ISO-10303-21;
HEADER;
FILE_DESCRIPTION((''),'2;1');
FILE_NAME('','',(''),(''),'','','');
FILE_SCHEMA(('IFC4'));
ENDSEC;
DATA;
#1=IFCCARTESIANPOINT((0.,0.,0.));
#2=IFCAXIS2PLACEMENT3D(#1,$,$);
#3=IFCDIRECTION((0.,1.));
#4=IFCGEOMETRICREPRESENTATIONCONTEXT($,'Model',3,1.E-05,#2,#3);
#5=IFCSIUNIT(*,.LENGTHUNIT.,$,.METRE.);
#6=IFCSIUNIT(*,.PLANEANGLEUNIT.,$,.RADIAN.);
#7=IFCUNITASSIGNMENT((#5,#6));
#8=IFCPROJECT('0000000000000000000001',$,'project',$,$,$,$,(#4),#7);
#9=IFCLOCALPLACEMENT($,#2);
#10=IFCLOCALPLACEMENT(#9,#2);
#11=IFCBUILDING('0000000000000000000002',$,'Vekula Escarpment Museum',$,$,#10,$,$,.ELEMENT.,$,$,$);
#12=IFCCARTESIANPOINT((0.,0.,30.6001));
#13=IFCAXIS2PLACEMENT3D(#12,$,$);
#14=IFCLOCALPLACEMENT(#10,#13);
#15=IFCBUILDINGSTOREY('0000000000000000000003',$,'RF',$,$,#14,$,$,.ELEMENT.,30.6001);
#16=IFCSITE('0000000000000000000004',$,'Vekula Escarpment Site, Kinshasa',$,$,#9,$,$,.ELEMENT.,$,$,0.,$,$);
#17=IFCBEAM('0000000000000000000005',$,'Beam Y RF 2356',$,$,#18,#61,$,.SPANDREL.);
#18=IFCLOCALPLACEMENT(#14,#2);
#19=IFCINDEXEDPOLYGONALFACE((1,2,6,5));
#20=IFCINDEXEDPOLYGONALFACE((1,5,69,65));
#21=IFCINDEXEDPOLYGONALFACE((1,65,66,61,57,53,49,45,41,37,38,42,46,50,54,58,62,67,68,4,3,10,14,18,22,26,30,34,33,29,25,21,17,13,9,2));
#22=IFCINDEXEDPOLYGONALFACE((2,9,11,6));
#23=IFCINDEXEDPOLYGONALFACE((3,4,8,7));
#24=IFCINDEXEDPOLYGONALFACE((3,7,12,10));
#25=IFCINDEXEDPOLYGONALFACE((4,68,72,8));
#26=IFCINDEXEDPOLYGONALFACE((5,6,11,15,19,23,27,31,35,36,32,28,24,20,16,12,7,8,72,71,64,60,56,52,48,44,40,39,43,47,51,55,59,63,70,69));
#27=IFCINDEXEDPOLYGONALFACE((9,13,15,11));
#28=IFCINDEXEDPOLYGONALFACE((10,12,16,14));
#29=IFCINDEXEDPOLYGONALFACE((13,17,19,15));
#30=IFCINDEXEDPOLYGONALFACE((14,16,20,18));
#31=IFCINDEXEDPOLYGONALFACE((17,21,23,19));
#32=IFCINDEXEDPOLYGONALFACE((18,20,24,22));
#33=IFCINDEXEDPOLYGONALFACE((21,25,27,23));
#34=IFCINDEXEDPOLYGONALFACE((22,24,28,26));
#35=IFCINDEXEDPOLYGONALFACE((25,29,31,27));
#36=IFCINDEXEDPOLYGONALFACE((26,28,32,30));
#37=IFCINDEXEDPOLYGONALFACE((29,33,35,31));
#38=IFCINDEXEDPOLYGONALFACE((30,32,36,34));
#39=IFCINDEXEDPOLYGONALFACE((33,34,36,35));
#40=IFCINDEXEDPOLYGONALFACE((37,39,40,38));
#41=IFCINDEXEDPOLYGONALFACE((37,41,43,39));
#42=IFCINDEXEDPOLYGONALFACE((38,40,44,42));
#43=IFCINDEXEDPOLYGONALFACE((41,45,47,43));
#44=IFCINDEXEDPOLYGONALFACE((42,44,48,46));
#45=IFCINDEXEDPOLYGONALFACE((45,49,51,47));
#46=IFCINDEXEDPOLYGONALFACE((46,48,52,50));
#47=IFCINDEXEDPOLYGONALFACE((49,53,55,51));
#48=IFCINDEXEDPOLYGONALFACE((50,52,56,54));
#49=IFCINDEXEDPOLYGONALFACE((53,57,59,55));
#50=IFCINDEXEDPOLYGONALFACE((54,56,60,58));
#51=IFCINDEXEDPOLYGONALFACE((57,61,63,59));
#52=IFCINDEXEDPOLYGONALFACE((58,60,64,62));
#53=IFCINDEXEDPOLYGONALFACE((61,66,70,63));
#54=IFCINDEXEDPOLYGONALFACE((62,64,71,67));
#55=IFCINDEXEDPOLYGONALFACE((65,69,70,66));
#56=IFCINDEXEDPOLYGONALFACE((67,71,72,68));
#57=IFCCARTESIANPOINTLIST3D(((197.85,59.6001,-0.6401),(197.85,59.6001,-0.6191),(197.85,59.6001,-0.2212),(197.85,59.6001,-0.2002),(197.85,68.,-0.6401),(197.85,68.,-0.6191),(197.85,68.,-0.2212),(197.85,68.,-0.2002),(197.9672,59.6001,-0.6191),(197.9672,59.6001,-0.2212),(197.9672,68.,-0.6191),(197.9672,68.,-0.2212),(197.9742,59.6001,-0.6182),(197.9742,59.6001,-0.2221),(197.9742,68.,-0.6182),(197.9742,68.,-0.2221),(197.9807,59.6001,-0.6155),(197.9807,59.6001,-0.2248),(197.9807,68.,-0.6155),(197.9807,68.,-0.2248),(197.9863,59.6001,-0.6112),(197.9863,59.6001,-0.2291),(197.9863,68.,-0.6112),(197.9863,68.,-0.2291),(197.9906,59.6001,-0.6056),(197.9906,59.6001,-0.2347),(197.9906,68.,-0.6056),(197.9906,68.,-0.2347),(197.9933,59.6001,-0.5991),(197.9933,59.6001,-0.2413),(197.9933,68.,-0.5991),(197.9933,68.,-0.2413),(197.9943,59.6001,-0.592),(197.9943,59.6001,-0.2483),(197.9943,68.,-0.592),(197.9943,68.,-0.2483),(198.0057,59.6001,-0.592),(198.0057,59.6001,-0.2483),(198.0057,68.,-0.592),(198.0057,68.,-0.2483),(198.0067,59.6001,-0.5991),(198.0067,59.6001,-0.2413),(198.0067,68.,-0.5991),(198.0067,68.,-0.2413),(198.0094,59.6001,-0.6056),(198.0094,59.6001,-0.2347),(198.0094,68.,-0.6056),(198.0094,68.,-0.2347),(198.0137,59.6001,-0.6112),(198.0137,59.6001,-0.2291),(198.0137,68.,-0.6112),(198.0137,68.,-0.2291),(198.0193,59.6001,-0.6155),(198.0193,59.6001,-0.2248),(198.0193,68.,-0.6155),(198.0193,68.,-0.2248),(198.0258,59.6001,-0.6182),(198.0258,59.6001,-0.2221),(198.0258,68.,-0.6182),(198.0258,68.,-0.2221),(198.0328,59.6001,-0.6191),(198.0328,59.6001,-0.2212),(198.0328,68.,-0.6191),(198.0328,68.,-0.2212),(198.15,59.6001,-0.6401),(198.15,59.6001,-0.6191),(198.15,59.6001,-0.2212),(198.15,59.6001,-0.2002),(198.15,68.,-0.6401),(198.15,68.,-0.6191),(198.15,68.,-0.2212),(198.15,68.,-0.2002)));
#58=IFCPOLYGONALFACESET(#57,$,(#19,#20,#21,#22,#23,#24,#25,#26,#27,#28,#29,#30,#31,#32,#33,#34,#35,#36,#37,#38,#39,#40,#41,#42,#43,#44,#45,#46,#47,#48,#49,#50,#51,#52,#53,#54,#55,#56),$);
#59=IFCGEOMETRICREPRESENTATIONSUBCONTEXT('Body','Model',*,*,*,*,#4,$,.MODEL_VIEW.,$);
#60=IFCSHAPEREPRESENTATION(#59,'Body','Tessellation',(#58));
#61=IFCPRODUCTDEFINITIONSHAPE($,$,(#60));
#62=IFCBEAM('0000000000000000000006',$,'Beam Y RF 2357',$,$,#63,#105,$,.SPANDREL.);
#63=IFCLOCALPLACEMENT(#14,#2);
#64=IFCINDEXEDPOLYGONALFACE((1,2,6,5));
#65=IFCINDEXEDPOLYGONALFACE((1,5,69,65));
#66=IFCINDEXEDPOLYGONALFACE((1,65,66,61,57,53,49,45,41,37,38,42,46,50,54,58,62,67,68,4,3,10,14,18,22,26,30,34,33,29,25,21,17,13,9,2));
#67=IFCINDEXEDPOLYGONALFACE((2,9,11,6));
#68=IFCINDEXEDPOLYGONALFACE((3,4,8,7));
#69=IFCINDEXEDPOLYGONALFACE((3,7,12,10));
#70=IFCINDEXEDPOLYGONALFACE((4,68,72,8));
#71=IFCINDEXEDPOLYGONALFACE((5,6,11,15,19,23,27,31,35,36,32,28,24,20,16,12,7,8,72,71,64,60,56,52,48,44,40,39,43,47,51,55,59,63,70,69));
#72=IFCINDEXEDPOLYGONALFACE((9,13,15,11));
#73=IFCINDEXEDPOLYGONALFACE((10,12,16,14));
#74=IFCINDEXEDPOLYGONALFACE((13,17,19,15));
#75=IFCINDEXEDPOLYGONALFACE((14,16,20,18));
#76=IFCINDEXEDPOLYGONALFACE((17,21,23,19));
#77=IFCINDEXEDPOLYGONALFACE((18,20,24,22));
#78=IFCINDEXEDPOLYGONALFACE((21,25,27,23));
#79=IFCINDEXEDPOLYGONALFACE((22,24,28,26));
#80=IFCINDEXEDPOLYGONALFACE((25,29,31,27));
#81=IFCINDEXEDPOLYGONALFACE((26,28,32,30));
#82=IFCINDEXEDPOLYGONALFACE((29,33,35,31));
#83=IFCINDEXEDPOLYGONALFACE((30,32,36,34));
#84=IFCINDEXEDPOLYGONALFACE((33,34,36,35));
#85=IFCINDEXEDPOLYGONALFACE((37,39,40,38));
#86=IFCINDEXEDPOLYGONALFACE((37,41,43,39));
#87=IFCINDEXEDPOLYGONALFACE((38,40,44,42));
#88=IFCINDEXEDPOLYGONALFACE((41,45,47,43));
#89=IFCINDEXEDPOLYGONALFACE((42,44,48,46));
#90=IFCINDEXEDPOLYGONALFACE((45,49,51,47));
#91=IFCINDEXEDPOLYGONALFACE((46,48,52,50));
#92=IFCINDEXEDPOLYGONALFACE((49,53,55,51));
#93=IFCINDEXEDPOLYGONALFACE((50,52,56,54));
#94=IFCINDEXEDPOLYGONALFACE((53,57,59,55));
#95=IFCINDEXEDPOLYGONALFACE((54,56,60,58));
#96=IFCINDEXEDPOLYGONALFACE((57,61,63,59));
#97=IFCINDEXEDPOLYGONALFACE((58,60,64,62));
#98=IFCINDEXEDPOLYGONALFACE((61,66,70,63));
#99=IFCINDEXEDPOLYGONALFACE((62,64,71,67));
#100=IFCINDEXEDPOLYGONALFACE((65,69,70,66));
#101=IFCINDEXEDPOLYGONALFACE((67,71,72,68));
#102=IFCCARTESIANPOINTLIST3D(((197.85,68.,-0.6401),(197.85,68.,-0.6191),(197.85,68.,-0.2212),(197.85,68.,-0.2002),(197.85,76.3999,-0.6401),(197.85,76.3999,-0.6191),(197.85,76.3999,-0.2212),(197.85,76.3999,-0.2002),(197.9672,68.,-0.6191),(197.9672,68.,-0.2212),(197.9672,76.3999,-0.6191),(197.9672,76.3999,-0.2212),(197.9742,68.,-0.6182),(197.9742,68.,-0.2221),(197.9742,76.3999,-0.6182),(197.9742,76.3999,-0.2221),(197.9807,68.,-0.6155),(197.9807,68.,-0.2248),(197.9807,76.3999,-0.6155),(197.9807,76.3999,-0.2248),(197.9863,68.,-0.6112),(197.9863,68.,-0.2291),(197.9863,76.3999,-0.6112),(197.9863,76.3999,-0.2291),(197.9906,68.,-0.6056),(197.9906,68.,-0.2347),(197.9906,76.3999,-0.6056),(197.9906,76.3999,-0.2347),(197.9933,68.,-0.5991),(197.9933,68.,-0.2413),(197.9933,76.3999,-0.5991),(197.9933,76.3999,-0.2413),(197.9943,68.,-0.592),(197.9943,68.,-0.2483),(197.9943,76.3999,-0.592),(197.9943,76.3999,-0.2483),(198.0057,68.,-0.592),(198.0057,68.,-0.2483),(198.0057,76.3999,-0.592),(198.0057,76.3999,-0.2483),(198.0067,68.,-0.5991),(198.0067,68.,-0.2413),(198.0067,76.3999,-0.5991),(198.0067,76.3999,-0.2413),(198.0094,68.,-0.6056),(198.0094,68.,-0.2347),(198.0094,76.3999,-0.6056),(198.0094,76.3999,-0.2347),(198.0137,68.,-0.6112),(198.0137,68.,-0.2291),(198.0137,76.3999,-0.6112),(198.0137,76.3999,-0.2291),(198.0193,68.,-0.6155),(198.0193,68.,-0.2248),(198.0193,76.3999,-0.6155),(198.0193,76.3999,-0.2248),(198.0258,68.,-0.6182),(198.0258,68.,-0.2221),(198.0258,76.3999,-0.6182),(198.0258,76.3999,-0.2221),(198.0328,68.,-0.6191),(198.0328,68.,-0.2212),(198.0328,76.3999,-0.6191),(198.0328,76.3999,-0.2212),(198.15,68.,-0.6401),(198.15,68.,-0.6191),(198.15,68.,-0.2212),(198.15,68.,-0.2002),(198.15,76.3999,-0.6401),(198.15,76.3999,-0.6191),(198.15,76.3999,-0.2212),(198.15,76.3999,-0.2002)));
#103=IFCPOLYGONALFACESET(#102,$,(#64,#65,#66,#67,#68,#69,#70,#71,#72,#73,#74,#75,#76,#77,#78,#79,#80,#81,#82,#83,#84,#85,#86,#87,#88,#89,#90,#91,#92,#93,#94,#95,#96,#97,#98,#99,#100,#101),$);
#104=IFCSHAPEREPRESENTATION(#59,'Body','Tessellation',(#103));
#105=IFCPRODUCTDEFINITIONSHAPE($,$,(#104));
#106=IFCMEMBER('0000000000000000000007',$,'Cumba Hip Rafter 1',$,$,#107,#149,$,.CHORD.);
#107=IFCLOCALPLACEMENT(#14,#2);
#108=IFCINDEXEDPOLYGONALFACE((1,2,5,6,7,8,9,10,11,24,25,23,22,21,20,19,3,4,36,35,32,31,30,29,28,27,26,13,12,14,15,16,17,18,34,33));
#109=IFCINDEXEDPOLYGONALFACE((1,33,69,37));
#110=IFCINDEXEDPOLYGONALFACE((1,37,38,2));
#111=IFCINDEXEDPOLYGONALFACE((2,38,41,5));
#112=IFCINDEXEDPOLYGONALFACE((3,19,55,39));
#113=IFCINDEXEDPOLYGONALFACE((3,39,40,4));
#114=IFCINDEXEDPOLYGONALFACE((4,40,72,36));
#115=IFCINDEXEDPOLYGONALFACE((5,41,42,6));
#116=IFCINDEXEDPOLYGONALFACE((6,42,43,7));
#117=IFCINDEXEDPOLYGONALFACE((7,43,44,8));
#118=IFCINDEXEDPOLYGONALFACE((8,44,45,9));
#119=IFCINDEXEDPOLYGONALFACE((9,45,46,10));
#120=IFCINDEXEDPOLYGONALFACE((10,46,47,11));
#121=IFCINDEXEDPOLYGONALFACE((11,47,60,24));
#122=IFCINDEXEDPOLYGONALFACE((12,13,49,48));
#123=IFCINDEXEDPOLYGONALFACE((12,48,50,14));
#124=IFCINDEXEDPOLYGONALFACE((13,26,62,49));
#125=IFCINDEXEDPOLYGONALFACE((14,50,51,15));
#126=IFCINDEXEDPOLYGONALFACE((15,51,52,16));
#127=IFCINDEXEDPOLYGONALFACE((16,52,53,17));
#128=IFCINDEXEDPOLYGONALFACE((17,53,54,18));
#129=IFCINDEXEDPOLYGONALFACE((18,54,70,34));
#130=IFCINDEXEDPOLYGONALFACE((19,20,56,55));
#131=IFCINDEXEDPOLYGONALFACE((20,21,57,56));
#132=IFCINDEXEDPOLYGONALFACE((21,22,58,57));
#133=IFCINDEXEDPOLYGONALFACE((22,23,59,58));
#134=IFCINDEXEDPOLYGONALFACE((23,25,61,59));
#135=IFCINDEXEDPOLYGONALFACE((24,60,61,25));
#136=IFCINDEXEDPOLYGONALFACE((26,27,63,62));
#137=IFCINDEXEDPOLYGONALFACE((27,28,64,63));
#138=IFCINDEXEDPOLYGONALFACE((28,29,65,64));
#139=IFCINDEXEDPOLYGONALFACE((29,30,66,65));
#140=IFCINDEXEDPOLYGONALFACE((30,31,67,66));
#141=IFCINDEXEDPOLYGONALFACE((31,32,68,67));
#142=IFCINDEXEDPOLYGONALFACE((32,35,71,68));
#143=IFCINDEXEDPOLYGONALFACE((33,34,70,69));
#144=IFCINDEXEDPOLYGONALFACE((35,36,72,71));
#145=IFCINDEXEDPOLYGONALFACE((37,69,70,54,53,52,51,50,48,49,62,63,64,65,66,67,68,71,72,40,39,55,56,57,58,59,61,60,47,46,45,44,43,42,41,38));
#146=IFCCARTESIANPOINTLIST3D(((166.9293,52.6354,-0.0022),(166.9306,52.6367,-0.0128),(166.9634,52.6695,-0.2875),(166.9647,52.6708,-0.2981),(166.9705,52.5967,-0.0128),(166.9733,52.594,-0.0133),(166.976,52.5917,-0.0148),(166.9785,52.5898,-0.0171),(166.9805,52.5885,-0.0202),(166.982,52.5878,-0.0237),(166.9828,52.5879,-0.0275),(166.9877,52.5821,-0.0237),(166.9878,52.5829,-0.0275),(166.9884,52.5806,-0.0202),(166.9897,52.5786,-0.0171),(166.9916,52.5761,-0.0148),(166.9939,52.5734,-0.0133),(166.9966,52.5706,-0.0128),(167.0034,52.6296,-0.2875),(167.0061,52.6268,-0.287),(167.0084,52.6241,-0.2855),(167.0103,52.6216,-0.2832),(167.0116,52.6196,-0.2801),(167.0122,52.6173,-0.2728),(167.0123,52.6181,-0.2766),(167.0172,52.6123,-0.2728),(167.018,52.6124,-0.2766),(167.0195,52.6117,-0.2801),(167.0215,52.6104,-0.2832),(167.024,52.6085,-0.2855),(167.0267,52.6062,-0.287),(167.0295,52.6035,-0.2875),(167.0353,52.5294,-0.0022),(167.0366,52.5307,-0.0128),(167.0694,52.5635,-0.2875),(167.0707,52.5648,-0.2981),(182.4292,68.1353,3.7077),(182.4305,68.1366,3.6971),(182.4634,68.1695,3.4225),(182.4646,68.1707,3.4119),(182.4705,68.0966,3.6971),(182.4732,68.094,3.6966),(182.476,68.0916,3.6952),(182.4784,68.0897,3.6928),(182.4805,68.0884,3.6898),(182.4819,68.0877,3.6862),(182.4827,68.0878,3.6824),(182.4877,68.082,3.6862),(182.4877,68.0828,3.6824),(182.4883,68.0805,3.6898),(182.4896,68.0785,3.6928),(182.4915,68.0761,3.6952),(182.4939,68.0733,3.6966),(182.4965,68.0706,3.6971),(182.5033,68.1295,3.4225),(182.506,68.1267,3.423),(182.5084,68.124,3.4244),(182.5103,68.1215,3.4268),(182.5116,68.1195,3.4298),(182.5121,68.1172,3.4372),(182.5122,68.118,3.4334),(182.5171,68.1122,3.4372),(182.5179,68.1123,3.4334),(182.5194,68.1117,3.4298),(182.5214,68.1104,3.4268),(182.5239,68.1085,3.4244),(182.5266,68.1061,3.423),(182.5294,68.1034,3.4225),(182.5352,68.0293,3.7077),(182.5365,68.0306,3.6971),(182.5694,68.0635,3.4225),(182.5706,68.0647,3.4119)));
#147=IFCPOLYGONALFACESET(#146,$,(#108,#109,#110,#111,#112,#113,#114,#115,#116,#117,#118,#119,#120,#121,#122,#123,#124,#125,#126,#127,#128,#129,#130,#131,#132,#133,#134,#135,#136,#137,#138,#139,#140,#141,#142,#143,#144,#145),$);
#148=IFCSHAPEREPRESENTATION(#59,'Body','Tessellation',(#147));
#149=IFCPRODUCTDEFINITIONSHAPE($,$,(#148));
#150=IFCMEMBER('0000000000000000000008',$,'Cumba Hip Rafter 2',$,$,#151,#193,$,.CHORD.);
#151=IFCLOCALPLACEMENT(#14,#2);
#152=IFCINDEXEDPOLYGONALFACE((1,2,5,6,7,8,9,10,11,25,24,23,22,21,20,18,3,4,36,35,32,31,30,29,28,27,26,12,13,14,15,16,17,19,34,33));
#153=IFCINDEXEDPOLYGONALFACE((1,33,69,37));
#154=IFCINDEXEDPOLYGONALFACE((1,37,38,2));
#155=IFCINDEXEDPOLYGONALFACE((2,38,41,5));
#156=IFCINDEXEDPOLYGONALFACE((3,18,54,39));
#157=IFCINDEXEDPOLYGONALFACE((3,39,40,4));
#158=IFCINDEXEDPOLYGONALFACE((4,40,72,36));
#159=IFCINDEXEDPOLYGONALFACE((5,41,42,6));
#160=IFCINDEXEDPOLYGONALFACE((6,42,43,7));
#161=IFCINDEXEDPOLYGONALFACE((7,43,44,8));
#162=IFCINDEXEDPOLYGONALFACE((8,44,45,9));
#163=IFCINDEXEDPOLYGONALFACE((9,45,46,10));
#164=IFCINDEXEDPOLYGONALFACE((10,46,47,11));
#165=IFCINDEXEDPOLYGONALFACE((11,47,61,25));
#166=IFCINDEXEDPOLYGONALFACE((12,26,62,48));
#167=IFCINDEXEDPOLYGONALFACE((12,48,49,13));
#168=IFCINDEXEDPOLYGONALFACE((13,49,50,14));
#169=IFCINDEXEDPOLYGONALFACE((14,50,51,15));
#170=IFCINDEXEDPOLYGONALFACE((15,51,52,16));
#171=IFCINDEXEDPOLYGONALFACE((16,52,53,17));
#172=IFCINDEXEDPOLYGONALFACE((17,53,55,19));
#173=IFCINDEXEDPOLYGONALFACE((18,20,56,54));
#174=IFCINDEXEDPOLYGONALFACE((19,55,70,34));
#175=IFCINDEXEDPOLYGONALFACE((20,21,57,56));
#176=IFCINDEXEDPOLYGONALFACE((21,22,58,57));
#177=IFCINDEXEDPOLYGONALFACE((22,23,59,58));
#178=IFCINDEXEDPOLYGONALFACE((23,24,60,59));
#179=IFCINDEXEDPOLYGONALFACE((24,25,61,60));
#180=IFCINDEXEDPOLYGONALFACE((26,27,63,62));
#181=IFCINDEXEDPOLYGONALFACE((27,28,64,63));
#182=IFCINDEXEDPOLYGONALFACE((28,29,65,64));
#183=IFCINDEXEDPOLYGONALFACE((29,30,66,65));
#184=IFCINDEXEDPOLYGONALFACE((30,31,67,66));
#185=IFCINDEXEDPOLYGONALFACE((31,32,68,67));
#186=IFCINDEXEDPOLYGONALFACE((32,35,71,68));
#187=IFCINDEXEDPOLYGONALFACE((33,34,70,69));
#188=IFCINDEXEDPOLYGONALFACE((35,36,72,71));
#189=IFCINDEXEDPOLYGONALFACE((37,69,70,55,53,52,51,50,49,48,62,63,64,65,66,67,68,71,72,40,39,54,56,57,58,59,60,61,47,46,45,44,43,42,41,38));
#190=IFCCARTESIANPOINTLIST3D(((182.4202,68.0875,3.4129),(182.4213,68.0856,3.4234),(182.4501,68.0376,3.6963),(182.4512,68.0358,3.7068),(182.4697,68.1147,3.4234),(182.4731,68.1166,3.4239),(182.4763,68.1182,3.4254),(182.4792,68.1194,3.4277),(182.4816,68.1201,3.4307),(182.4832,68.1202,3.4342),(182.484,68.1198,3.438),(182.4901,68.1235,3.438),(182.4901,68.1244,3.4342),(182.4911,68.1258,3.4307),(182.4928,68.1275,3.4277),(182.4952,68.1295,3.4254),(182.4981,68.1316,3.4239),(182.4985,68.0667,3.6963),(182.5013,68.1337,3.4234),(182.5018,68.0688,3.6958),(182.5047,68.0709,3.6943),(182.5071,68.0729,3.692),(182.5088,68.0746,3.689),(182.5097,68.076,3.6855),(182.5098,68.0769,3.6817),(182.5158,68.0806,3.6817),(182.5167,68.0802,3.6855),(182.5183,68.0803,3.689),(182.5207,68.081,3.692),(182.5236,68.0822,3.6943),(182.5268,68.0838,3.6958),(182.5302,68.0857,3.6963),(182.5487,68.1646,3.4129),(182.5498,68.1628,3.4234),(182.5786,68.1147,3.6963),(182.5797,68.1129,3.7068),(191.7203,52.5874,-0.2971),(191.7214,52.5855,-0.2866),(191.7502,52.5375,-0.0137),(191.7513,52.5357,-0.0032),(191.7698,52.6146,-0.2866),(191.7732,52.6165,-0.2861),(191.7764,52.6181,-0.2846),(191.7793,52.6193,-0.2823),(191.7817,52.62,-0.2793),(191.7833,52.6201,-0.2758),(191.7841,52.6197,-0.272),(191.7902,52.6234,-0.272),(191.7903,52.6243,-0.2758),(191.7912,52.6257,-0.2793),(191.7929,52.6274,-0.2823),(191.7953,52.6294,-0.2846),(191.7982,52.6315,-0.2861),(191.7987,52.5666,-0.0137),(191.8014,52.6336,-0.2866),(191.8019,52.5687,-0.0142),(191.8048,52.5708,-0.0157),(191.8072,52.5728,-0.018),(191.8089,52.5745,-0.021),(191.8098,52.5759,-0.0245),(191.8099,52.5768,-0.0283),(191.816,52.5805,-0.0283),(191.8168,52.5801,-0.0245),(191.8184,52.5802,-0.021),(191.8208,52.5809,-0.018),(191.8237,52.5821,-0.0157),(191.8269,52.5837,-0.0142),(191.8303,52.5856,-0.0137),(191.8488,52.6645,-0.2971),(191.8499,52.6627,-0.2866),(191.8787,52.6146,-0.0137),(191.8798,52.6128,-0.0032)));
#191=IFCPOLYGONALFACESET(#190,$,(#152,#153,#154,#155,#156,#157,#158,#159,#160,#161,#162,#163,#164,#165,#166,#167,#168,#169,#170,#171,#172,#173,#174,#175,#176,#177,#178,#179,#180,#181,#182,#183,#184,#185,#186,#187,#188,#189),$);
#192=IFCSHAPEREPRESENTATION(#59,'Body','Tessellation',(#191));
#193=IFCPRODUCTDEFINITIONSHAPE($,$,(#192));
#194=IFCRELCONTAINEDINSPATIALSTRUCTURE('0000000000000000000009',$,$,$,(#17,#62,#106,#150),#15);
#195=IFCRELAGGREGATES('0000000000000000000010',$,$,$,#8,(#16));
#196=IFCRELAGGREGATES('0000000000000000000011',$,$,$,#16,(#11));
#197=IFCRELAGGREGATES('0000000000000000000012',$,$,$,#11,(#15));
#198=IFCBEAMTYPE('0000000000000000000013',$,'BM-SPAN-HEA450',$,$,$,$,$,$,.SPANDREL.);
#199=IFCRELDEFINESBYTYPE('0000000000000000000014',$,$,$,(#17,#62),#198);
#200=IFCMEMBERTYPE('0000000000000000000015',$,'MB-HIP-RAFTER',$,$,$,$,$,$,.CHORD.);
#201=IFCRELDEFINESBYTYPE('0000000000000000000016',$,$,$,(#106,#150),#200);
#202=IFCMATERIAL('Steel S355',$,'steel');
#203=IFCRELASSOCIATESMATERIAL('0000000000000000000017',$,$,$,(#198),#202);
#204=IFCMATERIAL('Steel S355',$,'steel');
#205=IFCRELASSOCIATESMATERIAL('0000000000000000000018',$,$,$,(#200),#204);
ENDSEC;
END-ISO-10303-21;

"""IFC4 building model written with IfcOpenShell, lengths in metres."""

from ifc_helpers import new_model, si_unit, direction, frame, origin, origin_2d, place, context, subcontext, project, spatial, i_section, extrude, material, material_profile, profile_set, type_object, element, save


model = new_model("IFC4")

# Units and contexts
model_context = context("Model", 3, precision=1e-05, world=origin(), true_north=direction((0.0, 1.0)))
body_context = subcontext(model_context, "Body", "Model", "MODEL_VIEW")
ifc_project = project(units=[si_unit("LENGTHUNIT", "METRE"), si_unit("PLANEANGLEUNIT", "RADIAN")], contexts=[model_context])

# Site, building, storey
site_placement = place(None, origin())
site = spatial("IfcSite", under=ifc_project, at=site_placement, Name="Vekula Escarpment Site, Kinshasa", CompositionType="ELEMENT", RefElevation=0.0)
building_placement = place(site_placement, origin())
building = spatial("IfcBuilding", under=site, at=building_placement, Name="Vekula Escarpment Museum", CompositionType="ELEMENT")
storey_placement = place(building_placement, frame((0.0, 0.0, 30.6001)))
storey = spatial("IfcBuildingStorey", under=building, at=storey_placement, Name="RF", CompositionType="ELEMENT", Elevation=30.6001)

# Beams
ifc_material_1 = material(Name="Steel S355", Category="steel")
ifc_material_profile_1 = material_profile(ifc_material_1, i_section(OverallWidth=0.3, OverallDepth=0.4399, WebThickness=0.0115, FlangeThickness=0.021, FilletRadius=0.0271, at=origin_2d()), Name="HEA 450")
ifc_profile_set_1 = profile_set([ifc_material_profile_1], Name="Steel S355")
beam_type_1 = type_object("IfcBeamType", Name="BM-SPAN-HEA450", PredefinedType="SPANDREL", material=ifc_profile_set_1)
for number, where, z_axis, x_axis, name in (
    (1, (198.0, 59.6001, -0.4202), (0.0, 1.0, 0.0), (-1.0, 0.0, 0.0), "Beam Y RF 2356"),
    (2, (198.0, 68.0, -0.4202), (0.0, 1.0, 0.0), (-1.0, 0.0, 0.0), "Beam Y RF 2357"),
):
    element("IfcBeam", number, at=place(storey_placement, frame(where, z_axis=z_axis, x_axis=x_axis)), inside=storey, type_object=beam_type_1, Name=name, PredefinedType="SPANDREL", context=body_context, shape_type="SweptSolid", body=[
        extrude(i_section(OverallWidth=0.3, OverallDepth=0.4399, WebThickness=0.0115, FlangeThickness=0.021, FilletRadius=0.0271, at=origin_2d()), origin(), (0.0, 0.0, 1.0), 8.3999),
    ])

# Members
ifc_material_2 = material(Name="Steel S355", Category="steel")
ifc_material_profile_2 = material_profile(ifc_material_2, i_section(OverallWidth=0.1499, OverallDepth=0.3, WebThickness=0.0071, FlangeThickness=0.0107, FilletRadius=0.0149, at=origin_2d()), Name="IPE 300")
ifc_profile_set_2 = profile_set([ifc_material_profile_2], Name="Steel S355")
member_type = type_object("IfcMemberType", Name="MB-HIP-RAFTER", PredefinedType="CHORD", material=ifc_profile_set_2)
member_1_placement = place(storey_placement, frame((167.0, 52.6001, -0.1501), z_axis=(0.697192, 0.697192, 0.166874), x_axis=(-0.707107, 0.707107, 0.0)))
element("IfcMember", 3, at=member_1_placement, inside=storey, type_object=member_type, Name="Cumba Hip Rafter 1", PredefinedType="CHORD", context=body_context, shape_type="SweptSolid", body=[
    extrude(i_section(OverallWidth=0.1499, OverallDepth=0.3, WebThickness=0.0071, FlangeThickness=0.0107, FilletRadius=0.0149, at=origin_2d()), origin(), (0.0, 0.0, 1.0), 22.2319),
])
member_2_placement = place(storey_placement, frame((191.8, 52.6001, -0.1501), z_axis=(-0.503992, 0.839982, 0.201052), x_axis=(-0.857492, -0.514498, 0.0)))
element("IfcMember", 4, at=member_2_placement, inside=storey, type_object=member_type, Name="Cumba Hip Rafter 2", PredefinedType="CHORD", context=body_context, shape_type="SweptSolid", body=[
    extrude(i_section(OverallWidth=0.1499, OverallDepth=0.3, WebThickness=0.0071, FlangeThickness=0.0107, FilletRadius=0.0149, at=origin_2d()), origin(), (0.0, 0.0, 1.0), 18.4529),
])

save(model, "model.ifc")
